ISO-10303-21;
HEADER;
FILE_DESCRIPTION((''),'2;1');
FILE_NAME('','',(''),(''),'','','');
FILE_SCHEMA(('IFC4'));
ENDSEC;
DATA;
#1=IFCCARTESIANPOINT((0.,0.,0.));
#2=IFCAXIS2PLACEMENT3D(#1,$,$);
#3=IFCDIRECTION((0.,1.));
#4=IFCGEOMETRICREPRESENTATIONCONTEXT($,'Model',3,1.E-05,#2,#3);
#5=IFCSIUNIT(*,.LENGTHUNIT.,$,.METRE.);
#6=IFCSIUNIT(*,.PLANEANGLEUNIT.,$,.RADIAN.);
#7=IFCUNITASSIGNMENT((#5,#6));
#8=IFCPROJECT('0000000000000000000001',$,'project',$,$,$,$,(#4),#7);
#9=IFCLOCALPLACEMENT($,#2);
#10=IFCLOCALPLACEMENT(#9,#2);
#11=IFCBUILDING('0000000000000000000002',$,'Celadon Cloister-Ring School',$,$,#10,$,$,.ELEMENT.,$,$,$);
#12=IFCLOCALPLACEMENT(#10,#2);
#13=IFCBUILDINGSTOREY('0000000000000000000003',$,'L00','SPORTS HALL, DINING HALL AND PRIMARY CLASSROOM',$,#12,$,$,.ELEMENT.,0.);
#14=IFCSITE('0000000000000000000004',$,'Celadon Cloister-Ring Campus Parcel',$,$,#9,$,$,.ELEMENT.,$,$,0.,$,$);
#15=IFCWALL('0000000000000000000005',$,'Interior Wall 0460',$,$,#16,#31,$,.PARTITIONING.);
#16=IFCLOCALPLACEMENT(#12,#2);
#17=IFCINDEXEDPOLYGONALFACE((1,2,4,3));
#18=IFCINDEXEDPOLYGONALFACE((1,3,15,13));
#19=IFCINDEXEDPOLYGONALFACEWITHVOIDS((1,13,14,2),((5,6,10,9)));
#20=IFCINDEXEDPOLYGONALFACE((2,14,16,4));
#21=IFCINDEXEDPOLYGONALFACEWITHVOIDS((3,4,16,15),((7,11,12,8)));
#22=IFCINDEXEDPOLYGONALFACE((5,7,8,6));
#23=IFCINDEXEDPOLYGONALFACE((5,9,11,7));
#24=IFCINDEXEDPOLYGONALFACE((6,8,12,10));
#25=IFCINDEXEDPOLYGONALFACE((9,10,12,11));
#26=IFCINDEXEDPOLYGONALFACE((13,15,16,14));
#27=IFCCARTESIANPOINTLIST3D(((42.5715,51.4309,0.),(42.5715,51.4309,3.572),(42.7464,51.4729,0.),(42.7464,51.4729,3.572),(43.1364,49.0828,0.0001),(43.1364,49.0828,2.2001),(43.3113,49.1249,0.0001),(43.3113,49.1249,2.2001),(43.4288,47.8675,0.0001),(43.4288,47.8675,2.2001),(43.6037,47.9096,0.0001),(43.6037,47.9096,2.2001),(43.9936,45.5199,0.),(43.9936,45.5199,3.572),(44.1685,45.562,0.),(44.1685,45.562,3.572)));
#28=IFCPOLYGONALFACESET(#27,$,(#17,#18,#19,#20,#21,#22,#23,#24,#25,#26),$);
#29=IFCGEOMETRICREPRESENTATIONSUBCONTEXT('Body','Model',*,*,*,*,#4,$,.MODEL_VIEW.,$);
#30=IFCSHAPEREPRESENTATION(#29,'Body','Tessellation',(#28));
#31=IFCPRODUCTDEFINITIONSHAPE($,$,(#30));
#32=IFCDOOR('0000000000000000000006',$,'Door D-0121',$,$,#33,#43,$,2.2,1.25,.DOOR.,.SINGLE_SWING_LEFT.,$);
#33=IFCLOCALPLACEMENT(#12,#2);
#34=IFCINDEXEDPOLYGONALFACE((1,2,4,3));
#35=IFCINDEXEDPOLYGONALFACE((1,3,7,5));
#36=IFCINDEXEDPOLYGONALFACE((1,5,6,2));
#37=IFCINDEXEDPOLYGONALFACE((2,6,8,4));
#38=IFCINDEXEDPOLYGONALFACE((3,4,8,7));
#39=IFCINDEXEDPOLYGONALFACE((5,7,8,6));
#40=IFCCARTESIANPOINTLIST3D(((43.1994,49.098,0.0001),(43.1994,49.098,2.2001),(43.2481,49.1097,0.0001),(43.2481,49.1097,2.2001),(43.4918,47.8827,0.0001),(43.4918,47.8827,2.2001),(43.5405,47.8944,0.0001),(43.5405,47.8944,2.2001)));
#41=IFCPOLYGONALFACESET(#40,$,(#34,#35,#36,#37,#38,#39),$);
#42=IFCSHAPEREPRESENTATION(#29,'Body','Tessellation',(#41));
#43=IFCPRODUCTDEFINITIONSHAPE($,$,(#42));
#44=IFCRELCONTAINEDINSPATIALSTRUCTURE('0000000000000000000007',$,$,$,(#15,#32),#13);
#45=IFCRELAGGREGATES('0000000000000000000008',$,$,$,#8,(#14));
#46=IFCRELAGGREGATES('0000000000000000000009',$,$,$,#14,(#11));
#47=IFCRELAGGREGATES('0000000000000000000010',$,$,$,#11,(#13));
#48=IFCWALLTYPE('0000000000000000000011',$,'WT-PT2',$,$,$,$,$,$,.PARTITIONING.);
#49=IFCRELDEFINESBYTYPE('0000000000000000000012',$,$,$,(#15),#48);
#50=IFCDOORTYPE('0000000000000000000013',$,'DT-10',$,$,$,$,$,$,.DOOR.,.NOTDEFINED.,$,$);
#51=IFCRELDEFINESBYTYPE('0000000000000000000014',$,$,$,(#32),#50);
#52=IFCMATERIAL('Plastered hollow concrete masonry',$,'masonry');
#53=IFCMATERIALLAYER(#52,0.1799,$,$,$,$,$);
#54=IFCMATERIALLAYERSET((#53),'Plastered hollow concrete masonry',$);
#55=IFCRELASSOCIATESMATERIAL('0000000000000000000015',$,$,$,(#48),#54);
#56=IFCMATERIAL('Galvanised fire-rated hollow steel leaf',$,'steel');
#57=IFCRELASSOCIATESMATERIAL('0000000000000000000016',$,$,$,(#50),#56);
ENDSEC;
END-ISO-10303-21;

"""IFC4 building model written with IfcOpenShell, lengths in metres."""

from ifc_helpers import new_model, si_unit, direction, frame, frame_2d, origin, place, context, subcontext, project, spatial, rectangle, extrude, material, layer, layer_set, type_object, element, fill, save


model = new_model("IFC4")

# Units and contexts
model_context = context("Model", 3, precision=1e-05, world=origin(), true_north=direction((0.0, 1.0)))
body_context = subcontext(model_context, "Body", "Model", "MODEL_VIEW")
ifc_project = project(units=[si_unit("LENGTHUNIT", "METRE"), si_unit("PLANEANGLEUNIT", "RADIAN")], contexts=[model_context])

# Site, building, storey
site_placement = place(None, origin())
site = spatial("IfcSite", under=ifc_project, at=site_placement, Name="Celadon Cloister-Ring Campus Parcel", CompositionType="ELEMENT", RefElevation=0.0)
building_placement = place(site_placement, origin())
building = spatial("IfcBuilding", under=site, at=building_placement, Name="Celadon Cloister-Ring School", CompositionType="ELEMENT")
storey_placement = place(building_placement, origin())
storey = spatial("IfcBuildingStorey", under=building, at=storey_placement, Name="L00", Description="SPORTS HALL, DINING HALL AND PRIMARY CLASSROOM", CompositionType="ELEMENT", Elevation=0.0)

# Wall, opening, door
ifc_material_1 = material(Name="Plastered hollow concrete masonry", Category="masonry")
ifc_layer_1 = layer(ifc_material_1, 0.1799)
ifc_layer_set_1 = layer_set([ifc_layer_1], Name="Plastered hollow concrete masonry")
wall_type = type_object("IfcWallType", Name="WT-PT2", PredefinedType="PARTITIONING", material=ifc_layer_set_1)
wall_placement = place(storey_placement, frame((42.6589, 51.4519, 0.0), z_axis=(0.0, 0.0, 1.0), x_axis=(0.233918, -0.972256, 0.0)))
wall = element("IfcWall", 1, at=wall_placement, inside=storey, type_object=wall_type, Name="Interior Wall 0460", PredefinedType="PARTITIONING", context=body_context, shape_type="SweptSolid", body=[
    extrude(rectangle(XDim=6.0796, YDim=0.1799, at=frame_2d((3.0398, 0.0))), origin(), (0.0, 0.0, 1.0), 3.572),
])
opening_placement = place(wall_placement, frame((2.415, 0.0, 0.0)))
opening = element("IfcOpeningElement", 2, at=opening_placement, cuts=wall, PredefinedType="OPENING", context=body_context, shape_type="SweptSolid", body=[
    extrude(rectangle(XDim=1.25, YDim=2.2, at=frame_2d((0.625, 1.1001))), frame((0.0, 0.1001, 0.0), z_axis=(0.0, -1.0, 0.0), x_axis=(1.0, 0.0, 0.0)), (0.0, 0.0, 1.0), 0.2),
])
ifc_material_2 = material(Name="Galvanised fire-rated hollow steel leaf", Category="steel")
door_type = type_object("IfcDoorType", Name="DT-10", OperationType="NOTDEFINED", PredefinedType="DOOR", material=ifc_material_2)
door_placement = place(opening_placement, origin())
door = element("IfcDoor", 3, at=door_placement, inside=storey, type_object=door_type, Name="Door D-0121", OperationType="SINGLE_SWING_LEFT", OverallHeight=2.2, OverallWidth=1.25, PredefinedType="DOOR", context=body_context, shape_type="SweptSolid", body=[
    extrude(rectangle(XDim=1.25, YDim=2.2, at=frame_2d((0.625, 1.1001))), frame((0.0, 0.0249, 0.0), z_axis=(0.0, -1.0, 0.0), x_axis=(1.0, 0.0, 0.0)), (0.0, 0.0, 1.0), 0.05),
])
fill(opening, door)

save(model, "model.ifc")
